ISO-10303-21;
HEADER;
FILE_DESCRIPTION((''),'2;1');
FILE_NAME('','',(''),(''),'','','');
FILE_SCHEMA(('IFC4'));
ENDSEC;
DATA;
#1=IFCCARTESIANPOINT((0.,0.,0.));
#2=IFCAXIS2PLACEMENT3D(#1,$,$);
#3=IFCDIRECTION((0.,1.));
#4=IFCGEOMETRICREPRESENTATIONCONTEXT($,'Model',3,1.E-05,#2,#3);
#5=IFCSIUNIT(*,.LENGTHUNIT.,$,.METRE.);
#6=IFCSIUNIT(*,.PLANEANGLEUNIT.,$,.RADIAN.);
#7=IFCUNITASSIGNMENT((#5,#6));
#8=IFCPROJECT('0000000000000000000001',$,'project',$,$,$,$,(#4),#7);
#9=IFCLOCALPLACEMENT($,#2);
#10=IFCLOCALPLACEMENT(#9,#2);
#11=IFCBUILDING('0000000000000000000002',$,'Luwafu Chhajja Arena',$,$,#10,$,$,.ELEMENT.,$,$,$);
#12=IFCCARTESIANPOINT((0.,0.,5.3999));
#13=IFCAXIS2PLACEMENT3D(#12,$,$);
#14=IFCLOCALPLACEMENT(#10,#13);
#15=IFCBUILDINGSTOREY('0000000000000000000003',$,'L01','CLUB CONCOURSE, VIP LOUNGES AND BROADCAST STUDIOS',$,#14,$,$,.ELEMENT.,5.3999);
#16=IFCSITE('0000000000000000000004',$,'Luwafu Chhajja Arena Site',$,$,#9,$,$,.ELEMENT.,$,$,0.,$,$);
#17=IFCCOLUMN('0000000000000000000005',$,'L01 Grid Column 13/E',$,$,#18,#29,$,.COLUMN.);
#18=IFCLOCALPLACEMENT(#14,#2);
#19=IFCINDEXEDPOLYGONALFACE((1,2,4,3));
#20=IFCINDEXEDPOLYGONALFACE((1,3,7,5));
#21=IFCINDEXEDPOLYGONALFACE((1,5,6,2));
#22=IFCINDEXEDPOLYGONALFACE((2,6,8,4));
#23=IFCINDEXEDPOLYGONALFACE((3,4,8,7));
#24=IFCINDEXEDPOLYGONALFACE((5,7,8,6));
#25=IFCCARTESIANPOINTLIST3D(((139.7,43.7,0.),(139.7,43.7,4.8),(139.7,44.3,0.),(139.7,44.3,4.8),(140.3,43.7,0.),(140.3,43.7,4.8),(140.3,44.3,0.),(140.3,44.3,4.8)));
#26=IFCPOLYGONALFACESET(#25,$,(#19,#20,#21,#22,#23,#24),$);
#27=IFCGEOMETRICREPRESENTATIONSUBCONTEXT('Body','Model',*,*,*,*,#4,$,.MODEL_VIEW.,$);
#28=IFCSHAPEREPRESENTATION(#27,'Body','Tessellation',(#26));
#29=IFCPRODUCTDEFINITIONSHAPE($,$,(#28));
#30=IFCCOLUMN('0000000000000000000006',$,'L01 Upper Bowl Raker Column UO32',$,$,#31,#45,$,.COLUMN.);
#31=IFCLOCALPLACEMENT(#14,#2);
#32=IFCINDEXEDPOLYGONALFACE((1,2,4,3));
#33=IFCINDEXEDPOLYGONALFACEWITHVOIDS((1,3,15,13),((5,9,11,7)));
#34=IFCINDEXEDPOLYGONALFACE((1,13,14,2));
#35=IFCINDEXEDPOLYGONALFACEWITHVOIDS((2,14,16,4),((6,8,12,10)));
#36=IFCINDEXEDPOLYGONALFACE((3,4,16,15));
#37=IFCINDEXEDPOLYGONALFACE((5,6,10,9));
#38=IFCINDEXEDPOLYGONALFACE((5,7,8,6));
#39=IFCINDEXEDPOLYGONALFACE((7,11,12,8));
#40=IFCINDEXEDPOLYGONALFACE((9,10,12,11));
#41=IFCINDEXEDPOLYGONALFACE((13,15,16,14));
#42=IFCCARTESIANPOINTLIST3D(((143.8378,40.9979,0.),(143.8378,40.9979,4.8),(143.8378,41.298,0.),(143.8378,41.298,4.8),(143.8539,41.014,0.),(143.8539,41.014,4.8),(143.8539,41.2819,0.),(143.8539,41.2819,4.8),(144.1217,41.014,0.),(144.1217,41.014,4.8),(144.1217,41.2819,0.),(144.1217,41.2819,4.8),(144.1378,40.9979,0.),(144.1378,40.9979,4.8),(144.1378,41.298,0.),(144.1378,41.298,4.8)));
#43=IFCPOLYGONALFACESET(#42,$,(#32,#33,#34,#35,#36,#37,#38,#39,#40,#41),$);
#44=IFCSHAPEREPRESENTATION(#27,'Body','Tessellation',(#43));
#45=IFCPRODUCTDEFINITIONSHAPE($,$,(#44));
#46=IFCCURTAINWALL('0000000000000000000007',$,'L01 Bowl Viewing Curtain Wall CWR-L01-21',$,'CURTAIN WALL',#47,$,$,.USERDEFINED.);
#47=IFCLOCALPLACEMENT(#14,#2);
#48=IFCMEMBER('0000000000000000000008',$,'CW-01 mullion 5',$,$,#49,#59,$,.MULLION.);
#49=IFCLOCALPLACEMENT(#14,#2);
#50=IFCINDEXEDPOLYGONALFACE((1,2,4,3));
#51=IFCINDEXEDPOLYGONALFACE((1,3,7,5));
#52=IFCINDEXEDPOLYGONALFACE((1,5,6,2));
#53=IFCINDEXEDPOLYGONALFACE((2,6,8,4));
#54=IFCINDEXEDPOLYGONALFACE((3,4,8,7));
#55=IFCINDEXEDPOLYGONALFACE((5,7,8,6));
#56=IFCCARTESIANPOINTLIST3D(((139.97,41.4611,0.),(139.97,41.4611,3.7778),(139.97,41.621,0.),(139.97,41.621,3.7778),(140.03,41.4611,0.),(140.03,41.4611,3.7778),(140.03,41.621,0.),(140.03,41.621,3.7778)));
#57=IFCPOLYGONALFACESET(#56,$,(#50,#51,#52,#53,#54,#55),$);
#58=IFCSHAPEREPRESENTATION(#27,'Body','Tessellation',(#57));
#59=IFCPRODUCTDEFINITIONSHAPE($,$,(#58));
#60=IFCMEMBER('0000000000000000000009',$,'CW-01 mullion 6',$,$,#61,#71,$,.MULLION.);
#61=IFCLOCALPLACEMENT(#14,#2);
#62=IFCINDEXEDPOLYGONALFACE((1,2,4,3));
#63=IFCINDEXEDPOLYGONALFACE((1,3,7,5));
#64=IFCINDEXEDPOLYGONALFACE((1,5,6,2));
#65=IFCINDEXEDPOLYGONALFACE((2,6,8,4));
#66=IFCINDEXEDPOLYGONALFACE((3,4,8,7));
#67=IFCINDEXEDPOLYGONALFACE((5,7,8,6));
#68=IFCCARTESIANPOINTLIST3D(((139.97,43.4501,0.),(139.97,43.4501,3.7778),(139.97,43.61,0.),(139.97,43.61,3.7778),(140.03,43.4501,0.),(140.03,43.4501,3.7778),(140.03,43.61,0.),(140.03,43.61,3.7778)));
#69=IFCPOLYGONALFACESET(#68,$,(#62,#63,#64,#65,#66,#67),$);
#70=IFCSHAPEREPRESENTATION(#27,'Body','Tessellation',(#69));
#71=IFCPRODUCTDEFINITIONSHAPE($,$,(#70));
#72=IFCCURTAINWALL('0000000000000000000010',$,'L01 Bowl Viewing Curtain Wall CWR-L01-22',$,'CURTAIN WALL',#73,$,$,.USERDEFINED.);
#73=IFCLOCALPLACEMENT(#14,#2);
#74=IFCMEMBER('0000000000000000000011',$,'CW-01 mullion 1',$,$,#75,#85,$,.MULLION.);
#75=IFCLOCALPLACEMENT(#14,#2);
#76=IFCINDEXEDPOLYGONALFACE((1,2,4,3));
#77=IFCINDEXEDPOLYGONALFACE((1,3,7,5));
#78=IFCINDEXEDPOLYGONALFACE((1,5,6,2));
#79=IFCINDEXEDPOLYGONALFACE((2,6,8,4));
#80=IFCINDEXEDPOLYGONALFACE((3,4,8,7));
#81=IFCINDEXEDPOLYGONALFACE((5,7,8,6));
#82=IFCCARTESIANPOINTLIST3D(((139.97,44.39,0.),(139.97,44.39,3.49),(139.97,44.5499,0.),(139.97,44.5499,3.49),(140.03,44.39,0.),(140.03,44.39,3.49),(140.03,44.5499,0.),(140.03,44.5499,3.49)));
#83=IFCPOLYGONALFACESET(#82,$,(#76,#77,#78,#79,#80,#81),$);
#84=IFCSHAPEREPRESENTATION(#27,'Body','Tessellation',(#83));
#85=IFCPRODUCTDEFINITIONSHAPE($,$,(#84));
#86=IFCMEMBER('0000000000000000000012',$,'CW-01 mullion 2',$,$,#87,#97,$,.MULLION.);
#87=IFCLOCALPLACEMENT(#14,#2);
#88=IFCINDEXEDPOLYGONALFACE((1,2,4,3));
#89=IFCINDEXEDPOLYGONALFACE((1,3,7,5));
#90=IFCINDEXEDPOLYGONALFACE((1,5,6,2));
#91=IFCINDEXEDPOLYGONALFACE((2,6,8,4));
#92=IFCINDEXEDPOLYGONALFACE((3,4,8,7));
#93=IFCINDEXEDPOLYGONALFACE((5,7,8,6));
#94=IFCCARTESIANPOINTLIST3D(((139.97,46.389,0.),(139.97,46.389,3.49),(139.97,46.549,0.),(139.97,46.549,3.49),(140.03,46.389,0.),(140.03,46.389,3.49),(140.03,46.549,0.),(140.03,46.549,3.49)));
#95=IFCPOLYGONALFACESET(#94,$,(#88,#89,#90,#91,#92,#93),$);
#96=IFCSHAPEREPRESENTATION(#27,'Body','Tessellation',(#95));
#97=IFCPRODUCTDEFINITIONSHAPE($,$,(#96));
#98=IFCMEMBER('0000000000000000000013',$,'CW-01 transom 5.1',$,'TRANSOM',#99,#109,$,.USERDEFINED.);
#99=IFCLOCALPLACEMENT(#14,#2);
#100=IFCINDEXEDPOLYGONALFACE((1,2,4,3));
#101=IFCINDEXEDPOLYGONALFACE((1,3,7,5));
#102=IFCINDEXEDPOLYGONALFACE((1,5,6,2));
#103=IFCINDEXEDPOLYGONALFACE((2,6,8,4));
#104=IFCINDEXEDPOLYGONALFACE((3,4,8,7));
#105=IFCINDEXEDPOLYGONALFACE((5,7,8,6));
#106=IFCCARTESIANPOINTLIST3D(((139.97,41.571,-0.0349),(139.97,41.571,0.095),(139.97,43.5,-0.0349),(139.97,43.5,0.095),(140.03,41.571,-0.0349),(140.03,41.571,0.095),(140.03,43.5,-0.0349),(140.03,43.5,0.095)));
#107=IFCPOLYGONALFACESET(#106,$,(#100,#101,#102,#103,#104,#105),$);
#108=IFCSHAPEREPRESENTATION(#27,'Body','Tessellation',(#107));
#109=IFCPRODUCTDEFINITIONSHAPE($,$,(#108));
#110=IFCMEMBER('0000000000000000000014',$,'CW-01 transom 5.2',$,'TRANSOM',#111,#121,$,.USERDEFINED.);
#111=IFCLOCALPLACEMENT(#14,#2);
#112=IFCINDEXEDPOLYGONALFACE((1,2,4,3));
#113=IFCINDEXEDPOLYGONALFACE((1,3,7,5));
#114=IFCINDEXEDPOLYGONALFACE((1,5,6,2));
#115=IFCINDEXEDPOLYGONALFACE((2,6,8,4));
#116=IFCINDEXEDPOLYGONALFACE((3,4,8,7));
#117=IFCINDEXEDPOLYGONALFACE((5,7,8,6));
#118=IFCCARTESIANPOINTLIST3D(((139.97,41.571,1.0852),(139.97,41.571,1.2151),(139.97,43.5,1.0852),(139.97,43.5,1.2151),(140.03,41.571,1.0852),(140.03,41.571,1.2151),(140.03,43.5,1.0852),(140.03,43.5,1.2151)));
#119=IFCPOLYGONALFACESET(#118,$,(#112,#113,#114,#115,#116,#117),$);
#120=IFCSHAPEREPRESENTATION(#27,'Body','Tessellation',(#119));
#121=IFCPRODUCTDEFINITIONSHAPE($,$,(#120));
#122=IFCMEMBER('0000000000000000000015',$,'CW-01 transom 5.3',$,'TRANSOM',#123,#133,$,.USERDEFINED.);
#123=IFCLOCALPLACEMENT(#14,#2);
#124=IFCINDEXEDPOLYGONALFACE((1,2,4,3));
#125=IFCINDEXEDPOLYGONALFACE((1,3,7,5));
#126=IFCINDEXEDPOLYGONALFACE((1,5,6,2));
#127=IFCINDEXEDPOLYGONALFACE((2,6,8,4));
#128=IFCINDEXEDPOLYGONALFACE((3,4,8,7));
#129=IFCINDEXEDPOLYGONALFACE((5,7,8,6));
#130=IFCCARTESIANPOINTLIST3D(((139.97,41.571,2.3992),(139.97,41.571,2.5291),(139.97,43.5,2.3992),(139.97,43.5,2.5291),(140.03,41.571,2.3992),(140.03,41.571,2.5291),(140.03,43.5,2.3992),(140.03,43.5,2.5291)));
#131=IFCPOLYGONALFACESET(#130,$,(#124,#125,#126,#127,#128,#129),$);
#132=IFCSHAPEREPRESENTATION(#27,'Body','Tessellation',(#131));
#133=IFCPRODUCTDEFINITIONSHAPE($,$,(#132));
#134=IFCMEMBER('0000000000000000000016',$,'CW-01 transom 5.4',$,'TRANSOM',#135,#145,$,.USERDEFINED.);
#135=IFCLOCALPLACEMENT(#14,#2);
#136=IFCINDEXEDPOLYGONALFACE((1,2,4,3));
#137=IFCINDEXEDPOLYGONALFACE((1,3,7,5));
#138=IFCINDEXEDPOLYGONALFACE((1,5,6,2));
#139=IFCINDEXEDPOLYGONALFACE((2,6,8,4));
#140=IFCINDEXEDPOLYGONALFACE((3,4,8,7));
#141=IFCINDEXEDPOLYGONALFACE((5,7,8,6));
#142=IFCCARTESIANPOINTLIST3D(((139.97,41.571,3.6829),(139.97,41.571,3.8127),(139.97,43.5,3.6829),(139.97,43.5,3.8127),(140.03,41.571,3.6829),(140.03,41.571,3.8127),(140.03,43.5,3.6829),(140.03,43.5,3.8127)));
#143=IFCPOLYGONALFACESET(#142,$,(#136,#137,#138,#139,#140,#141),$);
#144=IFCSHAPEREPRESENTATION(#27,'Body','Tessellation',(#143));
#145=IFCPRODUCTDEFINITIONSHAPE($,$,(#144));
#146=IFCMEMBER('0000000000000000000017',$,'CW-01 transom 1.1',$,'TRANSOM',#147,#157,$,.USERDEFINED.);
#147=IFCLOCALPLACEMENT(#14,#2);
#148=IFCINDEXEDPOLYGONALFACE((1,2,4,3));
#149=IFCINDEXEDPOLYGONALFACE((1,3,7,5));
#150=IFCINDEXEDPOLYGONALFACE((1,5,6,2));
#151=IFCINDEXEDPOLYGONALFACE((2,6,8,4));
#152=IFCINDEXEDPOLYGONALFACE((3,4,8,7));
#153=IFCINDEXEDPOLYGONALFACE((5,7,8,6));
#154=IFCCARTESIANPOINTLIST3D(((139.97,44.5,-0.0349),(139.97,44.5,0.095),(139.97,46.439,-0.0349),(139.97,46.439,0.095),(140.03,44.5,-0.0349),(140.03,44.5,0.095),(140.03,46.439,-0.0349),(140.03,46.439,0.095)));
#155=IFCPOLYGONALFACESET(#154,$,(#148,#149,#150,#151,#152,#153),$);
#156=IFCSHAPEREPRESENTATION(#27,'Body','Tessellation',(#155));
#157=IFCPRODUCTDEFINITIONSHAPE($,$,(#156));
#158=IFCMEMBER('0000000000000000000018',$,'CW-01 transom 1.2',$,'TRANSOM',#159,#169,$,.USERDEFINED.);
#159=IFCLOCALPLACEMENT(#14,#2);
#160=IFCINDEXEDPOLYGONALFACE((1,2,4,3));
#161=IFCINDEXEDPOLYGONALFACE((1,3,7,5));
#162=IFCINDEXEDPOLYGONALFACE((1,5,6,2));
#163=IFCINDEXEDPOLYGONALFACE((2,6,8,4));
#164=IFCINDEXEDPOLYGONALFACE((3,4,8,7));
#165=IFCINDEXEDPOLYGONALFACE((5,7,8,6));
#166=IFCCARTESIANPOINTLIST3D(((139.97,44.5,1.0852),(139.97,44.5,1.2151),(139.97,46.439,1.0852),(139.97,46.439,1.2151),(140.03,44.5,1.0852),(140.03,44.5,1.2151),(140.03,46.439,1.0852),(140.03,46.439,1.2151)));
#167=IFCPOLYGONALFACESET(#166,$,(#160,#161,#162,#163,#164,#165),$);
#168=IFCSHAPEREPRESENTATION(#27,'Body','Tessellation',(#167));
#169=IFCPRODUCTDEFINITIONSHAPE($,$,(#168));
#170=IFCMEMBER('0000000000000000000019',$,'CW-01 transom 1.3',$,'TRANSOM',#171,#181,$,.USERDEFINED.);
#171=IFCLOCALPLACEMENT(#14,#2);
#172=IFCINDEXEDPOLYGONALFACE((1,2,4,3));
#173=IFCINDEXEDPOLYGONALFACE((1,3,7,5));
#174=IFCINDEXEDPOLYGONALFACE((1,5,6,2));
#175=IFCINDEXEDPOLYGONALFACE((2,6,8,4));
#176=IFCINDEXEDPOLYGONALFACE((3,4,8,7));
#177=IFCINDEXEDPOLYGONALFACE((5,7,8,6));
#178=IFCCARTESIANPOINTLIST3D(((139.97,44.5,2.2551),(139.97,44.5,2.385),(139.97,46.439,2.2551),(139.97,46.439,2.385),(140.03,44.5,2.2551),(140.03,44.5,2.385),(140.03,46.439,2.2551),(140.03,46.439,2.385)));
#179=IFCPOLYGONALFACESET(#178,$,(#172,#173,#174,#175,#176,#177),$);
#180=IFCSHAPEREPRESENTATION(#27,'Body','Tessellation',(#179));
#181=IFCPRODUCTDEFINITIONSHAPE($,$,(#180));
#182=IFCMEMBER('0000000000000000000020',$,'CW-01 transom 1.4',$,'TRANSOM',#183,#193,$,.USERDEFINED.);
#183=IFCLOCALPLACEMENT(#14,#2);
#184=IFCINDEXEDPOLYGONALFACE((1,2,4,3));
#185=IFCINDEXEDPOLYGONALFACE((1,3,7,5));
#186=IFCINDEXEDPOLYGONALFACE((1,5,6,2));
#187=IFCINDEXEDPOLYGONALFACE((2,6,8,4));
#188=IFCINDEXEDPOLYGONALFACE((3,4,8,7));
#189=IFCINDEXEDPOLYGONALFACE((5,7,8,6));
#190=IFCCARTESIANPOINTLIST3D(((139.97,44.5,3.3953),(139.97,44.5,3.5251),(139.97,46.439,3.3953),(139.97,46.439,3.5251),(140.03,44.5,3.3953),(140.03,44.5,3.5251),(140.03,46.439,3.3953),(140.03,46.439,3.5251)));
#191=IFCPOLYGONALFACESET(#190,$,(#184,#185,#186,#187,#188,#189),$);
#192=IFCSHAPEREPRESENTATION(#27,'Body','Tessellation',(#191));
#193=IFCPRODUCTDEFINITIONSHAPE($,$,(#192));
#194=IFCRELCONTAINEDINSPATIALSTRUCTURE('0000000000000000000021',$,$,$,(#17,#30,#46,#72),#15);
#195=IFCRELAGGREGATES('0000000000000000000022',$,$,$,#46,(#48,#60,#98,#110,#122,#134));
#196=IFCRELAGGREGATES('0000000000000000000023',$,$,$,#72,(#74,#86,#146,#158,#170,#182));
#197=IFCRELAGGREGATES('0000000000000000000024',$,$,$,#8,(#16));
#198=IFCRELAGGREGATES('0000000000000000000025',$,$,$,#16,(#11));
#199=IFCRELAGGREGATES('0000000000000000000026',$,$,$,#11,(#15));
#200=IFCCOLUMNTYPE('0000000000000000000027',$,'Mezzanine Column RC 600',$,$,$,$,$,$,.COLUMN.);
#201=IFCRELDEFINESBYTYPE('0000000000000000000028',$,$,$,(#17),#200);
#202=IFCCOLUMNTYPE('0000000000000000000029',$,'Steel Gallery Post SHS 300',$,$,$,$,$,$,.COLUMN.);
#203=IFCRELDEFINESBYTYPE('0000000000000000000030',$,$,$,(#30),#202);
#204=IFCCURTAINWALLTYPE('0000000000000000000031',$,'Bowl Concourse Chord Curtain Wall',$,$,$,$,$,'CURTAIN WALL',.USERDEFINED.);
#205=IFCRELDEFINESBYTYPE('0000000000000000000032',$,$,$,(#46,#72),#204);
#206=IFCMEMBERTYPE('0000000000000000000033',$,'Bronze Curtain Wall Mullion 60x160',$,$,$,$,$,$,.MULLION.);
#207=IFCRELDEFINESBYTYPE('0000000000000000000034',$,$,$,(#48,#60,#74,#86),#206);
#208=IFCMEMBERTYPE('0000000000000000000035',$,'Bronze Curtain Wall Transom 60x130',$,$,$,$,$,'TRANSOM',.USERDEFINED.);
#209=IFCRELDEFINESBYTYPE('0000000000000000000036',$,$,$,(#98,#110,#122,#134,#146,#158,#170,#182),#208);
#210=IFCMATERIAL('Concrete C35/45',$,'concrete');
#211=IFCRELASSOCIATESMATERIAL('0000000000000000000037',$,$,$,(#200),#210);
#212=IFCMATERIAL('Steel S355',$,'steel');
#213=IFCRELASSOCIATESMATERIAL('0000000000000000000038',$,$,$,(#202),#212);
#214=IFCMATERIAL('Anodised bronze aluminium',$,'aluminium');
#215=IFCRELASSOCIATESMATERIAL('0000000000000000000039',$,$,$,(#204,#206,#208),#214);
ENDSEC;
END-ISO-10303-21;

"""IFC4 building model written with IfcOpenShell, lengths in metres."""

from ifc_helpers import new_model, si_unit, direction, frame, origin, origin_2d, place, context, subcontext, project, spatial, rectangle, hollow_rectangle, extrude, material, material_profile, profile_set, type_object, element, aggregate, save


model = new_model("IFC4")

# Units and contexts
model_context = context("Model", 3, precision=1e-05, world=origin(), true_north=direction((0.0, 1.0)))
body_context = subcontext(model_context, "Body", "Model", "MODEL_VIEW")
ifc_project = project(units=[si_unit("LENGTHUNIT", "METRE"), si_unit("PLANEANGLEUNIT", "RADIAN")], contexts=[model_context])

# Site, building, storey
site_placement = place(None, origin())
site = spatial("IfcSite", under=ifc_project, at=site_placement, Name="Luwafu Chhajja Arena Site", CompositionType="ELEMENT", RefElevation=0.0)
building_placement = place(site_placement, origin())
building = spatial("IfcBuilding", under=site, at=building_placement, Name="Luwafu Chhajja Arena", CompositionType="ELEMENT")
storey_placement = place(building_placement, frame((0.0, 0.0, 5.3999)))
storey = spatial("IfcBuildingStorey", under=building, at=storey_placement, Name="L01", Description="CLUB CONCOURSE, VIP LOUNGES AND BROADCAST STUDIOS", CompositionType="ELEMENT", Elevation=5.3999)

# Columns
ifc_material_1 = material(Name="Concrete C35/45", Category="concrete")
ifc_material_profile_1 = material_profile(ifc_material_1, rectangle(XDim=0.6001, YDim=0.6001, at=origin_2d()), Name="RC 600x600")
ifc_profile_set_1 = profile_set([ifc_material_profile_1], Name="Concrete C35/45")
column_type_1 = type_object("IfcColumnType", Name="Mezzanine Column RC 600", PredefinedType="COLUMN", material=ifc_profile_set_1)
column_1_placement = place(storey_placement, frame((140.0, 44.0, 0.0), z_axis=(0.0, 0.0, 1.0), x_axis=(1.0, 0.0, 0.0)))
element("IfcColumn", 1, at=column_1_placement, inside=storey, type_object=column_type_1, Name="L01 Grid Column 13/E", PredefinedType="COLUMN", context=body_context, shape_type="SweptSolid", body=[
    extrude(rectangle(XDim=0.6001, YDim=0.6001, at=origin_2d()), origin(), (0.0, 0.0, 1.0), 4.8),
])
ifc_material_2 = material(Name="Steel S355", Category="steel")
ifc_material_profile_2 = material_profile(ifc_material_2, hollow_rectangle(XDim=0.3, YDim=0.3, WallThickness=0.0161, at=origin_2d()), Name="SHS 300x300x16")
ifc_profile_set_2 = profile_set([ifc_material_profile_2], Name="Steel S355")
column_type_2 = type_object("IfcColumnType", Name="Steel Gallery Post SHS 300", PredefinedType="COLUMN", material=ifc_profile_set_2)
column_2_placement = place(storey_placement, frame((143.9878, 41.1479, 0.0), z_axis=(0.0, 0.0, 1.0), x_axis=(1.0, 0.0, 0.0)))
element("IfcColumn", 2, at=column_2_placement, inside=storey, type_object=column_type_2, Name="L01 Upper Bowl Raker Column UO32", PredefinedType="COLUMN", context=body_context, shape_type="SweptSolid", body=[
    extrude(hollow_rectangle(XDim=0.3, YDim=0.3, WallThickness=0.0161, at=origin_2d()), origin(), (0.0, 0.0, 1.0), 4.8),
])

# Curtain walls, members
ifc_material_3 = material(Name="Anodised bronze aluminium", Category="aluminium")
curtain_wall_type = type_object("IfcCurtainWallType", Name="Bowl Concourse Chord Curtain Wall", ElementType="CURTAIN WALL", PredefinedType="USERDEFINED", material=ifc_material_3)
curtain_wall_1_placement = place(storey_placement, origin())
curtain_wall_1 = element("IfcCurtainWall", 3, at=curtain_wall_1_placement, inside=storey, type_object=curtain_wall_type, Name="L01 Bowl Viewing Curtain Wall CWR-L01-21", ObjectType="CURTAIN WALL", PredefinedType="USERDEFINED")
ifc_material_profile_3 = material_profile(ifc_material_3, rectangle(XDim=0.0601, YDim=0.1599, at=origin_2d()), Name="CWM 60x160")
ifc_profile_set_3 = profile_set([ifc_material_profile_3], Name="Anodised bronze aluminium")
member_type_1 = type_object("IfcMemberType", Name="Bronze Curtain Wall Mullion 60x160", PredefinedType="MULLION", material=ifc_profile_set_3)
member_1_placement = place(storey_placement, frame((140.0, 41.541, 0.0), z_axis=(0.0, 0.0, 1.0), x_axis=(-1.0, 0.0, 0.0)))
member_1 = element("IfcMember", 4, at=member_1_placement, type_object=member_type_1, Name="CW-01 mullion 5", PredefinedType="MULLION", context=body_context, shape_type="SweptSolid", body=[
    extrude(rectangle(XDim=0.0601, YDim=0.1599, at=origin_2d()), origin(), (0.0, 0.0, 1.0), 3.7778),
])
member_2_placement = place(storey_placement, frame((140.0, 43.53, 0.0), z_axis=(0.0, 0.0, 1.0), x_axis=(-1.0, 0.0, 0.0)))
member_2 = element("IfcMember", 5, at=member_2_placement, type_object=member_type_1, Name="CW-01 mullion 6", PredefinedType="MULLION", context=body_context, shape_type="SweptSolid", body=[
    extrude(rectangle(XDim=0.0601, YDim=0.1599, at=origin_2d()), origin(), (0.0, 0.0, 1.0), 3.7778),
])
curtain_wall_2_placement = place(storey_placement, origin())
curtain_wall_2 = element("IfcCurtainWall", 6, at=curtain_wall_2_placement, inside=storey, type_object=curtain_wall_type, Name="L01 Bowl Viewing Curtain Wall CWR-L01-22", ObjectType="CURTAIN WALL", PredefinedType="USERDEFINED")
member_3_placement = place(storey_placement, frame((140.0, 44.47, 0.0), z_axis=(0.0, 0.0, 1.0), x_axis=(-1.0, 0.0, 0.0)))
member_3 = element("IfcMember", 7, at=member_3_placement, type_object=member_type_1, Name="CW-01 mullion 1", PredefinedType="MULLION", context=body_context, shape_type="SweptSolid", body=[
    extrude(rectangle(XDim=0.0601, YDim=0.1599, at=origin_2d()), origin(), (0.0, 0.0, 1.0), 3.49),
])
member_4_placement = place(storey_placement, frame((140.0, 46.469, 0.0), z_axis=(0.0, 0.0, 1.0), x_axis=(-1.0, 0.0, 0.0)))
member_4 = element("IfcMember", 8, at=member_4_placement, type_object=member_type_1, Name="CW-01 mullion 2", PredefinedType="MULLION", context=body_context, shape_type="SweptSolid", body=[
    extrude(rectangle(XDim=0.0601, YDim=0.1599, at=origin_2d()), origin(), (0.0, 0.0, 1.0), 3.49),
])

# Members
ifc_material_profile_4 = material_profile(ifc_material_3, rectangle(XDim=0.0601, YDim=0.1299, at=origin_2d()), Name="CWT 60x130")
ifc_profile_set_4 = profile_set([ifc_material_profile_4], Name="Anodised bronze aluminium")
member_type_2 = type_object("IfcMemberType", Name="Bronze Curtain Wall Transom 60x130", ElementType="TRANSOM", PredefinedType="USERDEFINED", material=ifc_profile_set_4)
member_5_placement = place(storey_placement, frame((140.0, 41.571, 0.03), z_axis=(0.0, 1.0, 0.0), x_axis=(-1.0, 0.0, 0.0)))
member_5 = element("IfcMember", 9, at=member_5_placement, type_object=member_type_2, Name="CW-01 transom 5.1", ObjectType="TRANSOM", PredefinedType="USERDEFINED", context=body_context, shape_type="SweptSolid", body=[
    extrude(rectangle(XDim=0.0601, YDim=0.1299, at=origin_2d()), origin(), (0.0, 0.0, 1.0), 1.929),
])
member_6_placement = place(storey_placement, frame((140.0, 41.571, 1.1501), z_axis=(0.0, 1.0, 0.0), x_axis=(-1.0, 0.0, 0.0)))
member_6 = element("IfcMember", 10, at=member_6_placement, type_object=member_type_2, Name="CW-01 transom 5.2", ObjectType="TRANSOM", PredefinedType="USERDEFINED", context=body_context, shape_type="SweptSolid", body=[
    extrude(rectangle(XDim=0.0601, YDim=0.1299, at=origin_2d()), origin(), (0.0, 0.0, 1.0), 1.929),
])
member_7_placement = place(storey_placement, frame((140.0, 41.571, 2.4641), z_axis=(0.0, 1.0, 0.0), x_axis=(-1.0, 0.0, 0.0)))
member_7 = element("IfcMember", 11, at=member_7_placement, type_object=member_type_2, Name="CW-01 transom 5.3", ObjectType="TRANSOM", PredefinedType="USERDEFINED", context=body_context, shape_type="SweptSolid", body=[
    extrude(rectangle(XDim=0.0601, YDim=0.1299, at=origin_2d()), origin(), (0.0, 0.0, 1.0), 1.929),
])
member_8_placement = place(storey_placement, frame((140.0, 41.571, 3.7478), z_axis=(0.0, 1.0, 0.0), x_axis=(-1.0, 0.0, 0.0)))
member_8 = element("IfcMember", 12, at=member_8_placement, type_object=member_type_2, Name="CW-01 transom 5.4", ObjectType="TRANSOM", PredefinedType="USERDEFINED", context=body_context, shape_type="SweptSolid", body=[
    extrude(rectangle(XDim=0.0601, YDim=0.1299, at=origin_2d()), origin(), (0.0, 0.0, 1.0), 1.929),
])
member_9_placement = place(storey_placement, frame((140.0, 44.5, 0.03), z_axis=(0.0, 1.0, 0.0), x_axis=(-1.0, 0.0, 0.0)))
member_9 = element("IfcMember", 13, at=member_9_placement, type_object=member_type_2, Name="CW-01 transom 1.1", ObjectType="TRANSOM", PredefinedType="USERDEFINED", context=body_context, shape_type="SweptSolid", body=[
    extrude(rectangle(XDim=0.0601, YDim=0.1299, at=origin_2d()), origin(), (0.0, 0.0, 1.0), 1.939),
])
member_10_placement = place(storey_placement, frame((140.0, 44.5, 1.1501), z_axis=(0.0, 1.0, 0.0), x_axis=(-1.0, 0.0, 0.0)))
member_10 = element("IfcMember", 14, at=member_10_placement, type_object=member_type_2, Name="CW-01 transom 1.2", ObjectType="TRANSOM", PredefinedType="USERDEFINED", context=body_context, shape_type="SweptSolid", body=[
    extrude(rectangle(XDim=0.0601, YDim=0.1299, at=origin_2d()), origin(), (0.0, 0.0, 1.0), 1.939),
])
member_11_placement = place(storey_placement, frame((140.0, 44.5, 2.3201), z_axis=(0.0, 1.0, 0.0), x_axis=(-1.0, 0.0, 0.0)))
member_11 = element("IfcMember", 15, at=member_11_placement, type_object=member_type_2, Name="CW-01 transom 1.3", ObjectType="TRANSOM", PredefinedType="USERDEFINED", context=body_context, shape_type="SweptSolid", body=[
    extrude(rectangle(XDim=0.0601, YDim=0.1299, at=origin_2d()), origin(), (0.0, 0.0, 1.0), 1.939),
])
member_12_placement = place(storey_placement, frame((140.0, 44.5, 3.4602), z_axis=(0.0, 1.0, 0.0), x_axis=(-1.0, 0.0, 0.0)))
member_12 = element("IfcMember", 16, at=member_12_placement, type_object=member_type_2, Name="CW-01 transom 1.4", ObjectType="TRANSOM", PredefinedType="USERDEFINED", context=body_context, shape_type="SweptSolid", body=[
    extrude(rectangle(XDim=0.0601, YDim=0.1299, at=origin_2d()), origin(), (0.0, 0.0, 1.0), 1.939),
])

aggregate(curtain_wall_1, [member_1, member_2, member_5, member_6, member_7, member_8])
aggregate(curtain_wall_2, [member_3, member_4, member_9, member_10, member_11, member_12])

save(model, "model.ifc")
